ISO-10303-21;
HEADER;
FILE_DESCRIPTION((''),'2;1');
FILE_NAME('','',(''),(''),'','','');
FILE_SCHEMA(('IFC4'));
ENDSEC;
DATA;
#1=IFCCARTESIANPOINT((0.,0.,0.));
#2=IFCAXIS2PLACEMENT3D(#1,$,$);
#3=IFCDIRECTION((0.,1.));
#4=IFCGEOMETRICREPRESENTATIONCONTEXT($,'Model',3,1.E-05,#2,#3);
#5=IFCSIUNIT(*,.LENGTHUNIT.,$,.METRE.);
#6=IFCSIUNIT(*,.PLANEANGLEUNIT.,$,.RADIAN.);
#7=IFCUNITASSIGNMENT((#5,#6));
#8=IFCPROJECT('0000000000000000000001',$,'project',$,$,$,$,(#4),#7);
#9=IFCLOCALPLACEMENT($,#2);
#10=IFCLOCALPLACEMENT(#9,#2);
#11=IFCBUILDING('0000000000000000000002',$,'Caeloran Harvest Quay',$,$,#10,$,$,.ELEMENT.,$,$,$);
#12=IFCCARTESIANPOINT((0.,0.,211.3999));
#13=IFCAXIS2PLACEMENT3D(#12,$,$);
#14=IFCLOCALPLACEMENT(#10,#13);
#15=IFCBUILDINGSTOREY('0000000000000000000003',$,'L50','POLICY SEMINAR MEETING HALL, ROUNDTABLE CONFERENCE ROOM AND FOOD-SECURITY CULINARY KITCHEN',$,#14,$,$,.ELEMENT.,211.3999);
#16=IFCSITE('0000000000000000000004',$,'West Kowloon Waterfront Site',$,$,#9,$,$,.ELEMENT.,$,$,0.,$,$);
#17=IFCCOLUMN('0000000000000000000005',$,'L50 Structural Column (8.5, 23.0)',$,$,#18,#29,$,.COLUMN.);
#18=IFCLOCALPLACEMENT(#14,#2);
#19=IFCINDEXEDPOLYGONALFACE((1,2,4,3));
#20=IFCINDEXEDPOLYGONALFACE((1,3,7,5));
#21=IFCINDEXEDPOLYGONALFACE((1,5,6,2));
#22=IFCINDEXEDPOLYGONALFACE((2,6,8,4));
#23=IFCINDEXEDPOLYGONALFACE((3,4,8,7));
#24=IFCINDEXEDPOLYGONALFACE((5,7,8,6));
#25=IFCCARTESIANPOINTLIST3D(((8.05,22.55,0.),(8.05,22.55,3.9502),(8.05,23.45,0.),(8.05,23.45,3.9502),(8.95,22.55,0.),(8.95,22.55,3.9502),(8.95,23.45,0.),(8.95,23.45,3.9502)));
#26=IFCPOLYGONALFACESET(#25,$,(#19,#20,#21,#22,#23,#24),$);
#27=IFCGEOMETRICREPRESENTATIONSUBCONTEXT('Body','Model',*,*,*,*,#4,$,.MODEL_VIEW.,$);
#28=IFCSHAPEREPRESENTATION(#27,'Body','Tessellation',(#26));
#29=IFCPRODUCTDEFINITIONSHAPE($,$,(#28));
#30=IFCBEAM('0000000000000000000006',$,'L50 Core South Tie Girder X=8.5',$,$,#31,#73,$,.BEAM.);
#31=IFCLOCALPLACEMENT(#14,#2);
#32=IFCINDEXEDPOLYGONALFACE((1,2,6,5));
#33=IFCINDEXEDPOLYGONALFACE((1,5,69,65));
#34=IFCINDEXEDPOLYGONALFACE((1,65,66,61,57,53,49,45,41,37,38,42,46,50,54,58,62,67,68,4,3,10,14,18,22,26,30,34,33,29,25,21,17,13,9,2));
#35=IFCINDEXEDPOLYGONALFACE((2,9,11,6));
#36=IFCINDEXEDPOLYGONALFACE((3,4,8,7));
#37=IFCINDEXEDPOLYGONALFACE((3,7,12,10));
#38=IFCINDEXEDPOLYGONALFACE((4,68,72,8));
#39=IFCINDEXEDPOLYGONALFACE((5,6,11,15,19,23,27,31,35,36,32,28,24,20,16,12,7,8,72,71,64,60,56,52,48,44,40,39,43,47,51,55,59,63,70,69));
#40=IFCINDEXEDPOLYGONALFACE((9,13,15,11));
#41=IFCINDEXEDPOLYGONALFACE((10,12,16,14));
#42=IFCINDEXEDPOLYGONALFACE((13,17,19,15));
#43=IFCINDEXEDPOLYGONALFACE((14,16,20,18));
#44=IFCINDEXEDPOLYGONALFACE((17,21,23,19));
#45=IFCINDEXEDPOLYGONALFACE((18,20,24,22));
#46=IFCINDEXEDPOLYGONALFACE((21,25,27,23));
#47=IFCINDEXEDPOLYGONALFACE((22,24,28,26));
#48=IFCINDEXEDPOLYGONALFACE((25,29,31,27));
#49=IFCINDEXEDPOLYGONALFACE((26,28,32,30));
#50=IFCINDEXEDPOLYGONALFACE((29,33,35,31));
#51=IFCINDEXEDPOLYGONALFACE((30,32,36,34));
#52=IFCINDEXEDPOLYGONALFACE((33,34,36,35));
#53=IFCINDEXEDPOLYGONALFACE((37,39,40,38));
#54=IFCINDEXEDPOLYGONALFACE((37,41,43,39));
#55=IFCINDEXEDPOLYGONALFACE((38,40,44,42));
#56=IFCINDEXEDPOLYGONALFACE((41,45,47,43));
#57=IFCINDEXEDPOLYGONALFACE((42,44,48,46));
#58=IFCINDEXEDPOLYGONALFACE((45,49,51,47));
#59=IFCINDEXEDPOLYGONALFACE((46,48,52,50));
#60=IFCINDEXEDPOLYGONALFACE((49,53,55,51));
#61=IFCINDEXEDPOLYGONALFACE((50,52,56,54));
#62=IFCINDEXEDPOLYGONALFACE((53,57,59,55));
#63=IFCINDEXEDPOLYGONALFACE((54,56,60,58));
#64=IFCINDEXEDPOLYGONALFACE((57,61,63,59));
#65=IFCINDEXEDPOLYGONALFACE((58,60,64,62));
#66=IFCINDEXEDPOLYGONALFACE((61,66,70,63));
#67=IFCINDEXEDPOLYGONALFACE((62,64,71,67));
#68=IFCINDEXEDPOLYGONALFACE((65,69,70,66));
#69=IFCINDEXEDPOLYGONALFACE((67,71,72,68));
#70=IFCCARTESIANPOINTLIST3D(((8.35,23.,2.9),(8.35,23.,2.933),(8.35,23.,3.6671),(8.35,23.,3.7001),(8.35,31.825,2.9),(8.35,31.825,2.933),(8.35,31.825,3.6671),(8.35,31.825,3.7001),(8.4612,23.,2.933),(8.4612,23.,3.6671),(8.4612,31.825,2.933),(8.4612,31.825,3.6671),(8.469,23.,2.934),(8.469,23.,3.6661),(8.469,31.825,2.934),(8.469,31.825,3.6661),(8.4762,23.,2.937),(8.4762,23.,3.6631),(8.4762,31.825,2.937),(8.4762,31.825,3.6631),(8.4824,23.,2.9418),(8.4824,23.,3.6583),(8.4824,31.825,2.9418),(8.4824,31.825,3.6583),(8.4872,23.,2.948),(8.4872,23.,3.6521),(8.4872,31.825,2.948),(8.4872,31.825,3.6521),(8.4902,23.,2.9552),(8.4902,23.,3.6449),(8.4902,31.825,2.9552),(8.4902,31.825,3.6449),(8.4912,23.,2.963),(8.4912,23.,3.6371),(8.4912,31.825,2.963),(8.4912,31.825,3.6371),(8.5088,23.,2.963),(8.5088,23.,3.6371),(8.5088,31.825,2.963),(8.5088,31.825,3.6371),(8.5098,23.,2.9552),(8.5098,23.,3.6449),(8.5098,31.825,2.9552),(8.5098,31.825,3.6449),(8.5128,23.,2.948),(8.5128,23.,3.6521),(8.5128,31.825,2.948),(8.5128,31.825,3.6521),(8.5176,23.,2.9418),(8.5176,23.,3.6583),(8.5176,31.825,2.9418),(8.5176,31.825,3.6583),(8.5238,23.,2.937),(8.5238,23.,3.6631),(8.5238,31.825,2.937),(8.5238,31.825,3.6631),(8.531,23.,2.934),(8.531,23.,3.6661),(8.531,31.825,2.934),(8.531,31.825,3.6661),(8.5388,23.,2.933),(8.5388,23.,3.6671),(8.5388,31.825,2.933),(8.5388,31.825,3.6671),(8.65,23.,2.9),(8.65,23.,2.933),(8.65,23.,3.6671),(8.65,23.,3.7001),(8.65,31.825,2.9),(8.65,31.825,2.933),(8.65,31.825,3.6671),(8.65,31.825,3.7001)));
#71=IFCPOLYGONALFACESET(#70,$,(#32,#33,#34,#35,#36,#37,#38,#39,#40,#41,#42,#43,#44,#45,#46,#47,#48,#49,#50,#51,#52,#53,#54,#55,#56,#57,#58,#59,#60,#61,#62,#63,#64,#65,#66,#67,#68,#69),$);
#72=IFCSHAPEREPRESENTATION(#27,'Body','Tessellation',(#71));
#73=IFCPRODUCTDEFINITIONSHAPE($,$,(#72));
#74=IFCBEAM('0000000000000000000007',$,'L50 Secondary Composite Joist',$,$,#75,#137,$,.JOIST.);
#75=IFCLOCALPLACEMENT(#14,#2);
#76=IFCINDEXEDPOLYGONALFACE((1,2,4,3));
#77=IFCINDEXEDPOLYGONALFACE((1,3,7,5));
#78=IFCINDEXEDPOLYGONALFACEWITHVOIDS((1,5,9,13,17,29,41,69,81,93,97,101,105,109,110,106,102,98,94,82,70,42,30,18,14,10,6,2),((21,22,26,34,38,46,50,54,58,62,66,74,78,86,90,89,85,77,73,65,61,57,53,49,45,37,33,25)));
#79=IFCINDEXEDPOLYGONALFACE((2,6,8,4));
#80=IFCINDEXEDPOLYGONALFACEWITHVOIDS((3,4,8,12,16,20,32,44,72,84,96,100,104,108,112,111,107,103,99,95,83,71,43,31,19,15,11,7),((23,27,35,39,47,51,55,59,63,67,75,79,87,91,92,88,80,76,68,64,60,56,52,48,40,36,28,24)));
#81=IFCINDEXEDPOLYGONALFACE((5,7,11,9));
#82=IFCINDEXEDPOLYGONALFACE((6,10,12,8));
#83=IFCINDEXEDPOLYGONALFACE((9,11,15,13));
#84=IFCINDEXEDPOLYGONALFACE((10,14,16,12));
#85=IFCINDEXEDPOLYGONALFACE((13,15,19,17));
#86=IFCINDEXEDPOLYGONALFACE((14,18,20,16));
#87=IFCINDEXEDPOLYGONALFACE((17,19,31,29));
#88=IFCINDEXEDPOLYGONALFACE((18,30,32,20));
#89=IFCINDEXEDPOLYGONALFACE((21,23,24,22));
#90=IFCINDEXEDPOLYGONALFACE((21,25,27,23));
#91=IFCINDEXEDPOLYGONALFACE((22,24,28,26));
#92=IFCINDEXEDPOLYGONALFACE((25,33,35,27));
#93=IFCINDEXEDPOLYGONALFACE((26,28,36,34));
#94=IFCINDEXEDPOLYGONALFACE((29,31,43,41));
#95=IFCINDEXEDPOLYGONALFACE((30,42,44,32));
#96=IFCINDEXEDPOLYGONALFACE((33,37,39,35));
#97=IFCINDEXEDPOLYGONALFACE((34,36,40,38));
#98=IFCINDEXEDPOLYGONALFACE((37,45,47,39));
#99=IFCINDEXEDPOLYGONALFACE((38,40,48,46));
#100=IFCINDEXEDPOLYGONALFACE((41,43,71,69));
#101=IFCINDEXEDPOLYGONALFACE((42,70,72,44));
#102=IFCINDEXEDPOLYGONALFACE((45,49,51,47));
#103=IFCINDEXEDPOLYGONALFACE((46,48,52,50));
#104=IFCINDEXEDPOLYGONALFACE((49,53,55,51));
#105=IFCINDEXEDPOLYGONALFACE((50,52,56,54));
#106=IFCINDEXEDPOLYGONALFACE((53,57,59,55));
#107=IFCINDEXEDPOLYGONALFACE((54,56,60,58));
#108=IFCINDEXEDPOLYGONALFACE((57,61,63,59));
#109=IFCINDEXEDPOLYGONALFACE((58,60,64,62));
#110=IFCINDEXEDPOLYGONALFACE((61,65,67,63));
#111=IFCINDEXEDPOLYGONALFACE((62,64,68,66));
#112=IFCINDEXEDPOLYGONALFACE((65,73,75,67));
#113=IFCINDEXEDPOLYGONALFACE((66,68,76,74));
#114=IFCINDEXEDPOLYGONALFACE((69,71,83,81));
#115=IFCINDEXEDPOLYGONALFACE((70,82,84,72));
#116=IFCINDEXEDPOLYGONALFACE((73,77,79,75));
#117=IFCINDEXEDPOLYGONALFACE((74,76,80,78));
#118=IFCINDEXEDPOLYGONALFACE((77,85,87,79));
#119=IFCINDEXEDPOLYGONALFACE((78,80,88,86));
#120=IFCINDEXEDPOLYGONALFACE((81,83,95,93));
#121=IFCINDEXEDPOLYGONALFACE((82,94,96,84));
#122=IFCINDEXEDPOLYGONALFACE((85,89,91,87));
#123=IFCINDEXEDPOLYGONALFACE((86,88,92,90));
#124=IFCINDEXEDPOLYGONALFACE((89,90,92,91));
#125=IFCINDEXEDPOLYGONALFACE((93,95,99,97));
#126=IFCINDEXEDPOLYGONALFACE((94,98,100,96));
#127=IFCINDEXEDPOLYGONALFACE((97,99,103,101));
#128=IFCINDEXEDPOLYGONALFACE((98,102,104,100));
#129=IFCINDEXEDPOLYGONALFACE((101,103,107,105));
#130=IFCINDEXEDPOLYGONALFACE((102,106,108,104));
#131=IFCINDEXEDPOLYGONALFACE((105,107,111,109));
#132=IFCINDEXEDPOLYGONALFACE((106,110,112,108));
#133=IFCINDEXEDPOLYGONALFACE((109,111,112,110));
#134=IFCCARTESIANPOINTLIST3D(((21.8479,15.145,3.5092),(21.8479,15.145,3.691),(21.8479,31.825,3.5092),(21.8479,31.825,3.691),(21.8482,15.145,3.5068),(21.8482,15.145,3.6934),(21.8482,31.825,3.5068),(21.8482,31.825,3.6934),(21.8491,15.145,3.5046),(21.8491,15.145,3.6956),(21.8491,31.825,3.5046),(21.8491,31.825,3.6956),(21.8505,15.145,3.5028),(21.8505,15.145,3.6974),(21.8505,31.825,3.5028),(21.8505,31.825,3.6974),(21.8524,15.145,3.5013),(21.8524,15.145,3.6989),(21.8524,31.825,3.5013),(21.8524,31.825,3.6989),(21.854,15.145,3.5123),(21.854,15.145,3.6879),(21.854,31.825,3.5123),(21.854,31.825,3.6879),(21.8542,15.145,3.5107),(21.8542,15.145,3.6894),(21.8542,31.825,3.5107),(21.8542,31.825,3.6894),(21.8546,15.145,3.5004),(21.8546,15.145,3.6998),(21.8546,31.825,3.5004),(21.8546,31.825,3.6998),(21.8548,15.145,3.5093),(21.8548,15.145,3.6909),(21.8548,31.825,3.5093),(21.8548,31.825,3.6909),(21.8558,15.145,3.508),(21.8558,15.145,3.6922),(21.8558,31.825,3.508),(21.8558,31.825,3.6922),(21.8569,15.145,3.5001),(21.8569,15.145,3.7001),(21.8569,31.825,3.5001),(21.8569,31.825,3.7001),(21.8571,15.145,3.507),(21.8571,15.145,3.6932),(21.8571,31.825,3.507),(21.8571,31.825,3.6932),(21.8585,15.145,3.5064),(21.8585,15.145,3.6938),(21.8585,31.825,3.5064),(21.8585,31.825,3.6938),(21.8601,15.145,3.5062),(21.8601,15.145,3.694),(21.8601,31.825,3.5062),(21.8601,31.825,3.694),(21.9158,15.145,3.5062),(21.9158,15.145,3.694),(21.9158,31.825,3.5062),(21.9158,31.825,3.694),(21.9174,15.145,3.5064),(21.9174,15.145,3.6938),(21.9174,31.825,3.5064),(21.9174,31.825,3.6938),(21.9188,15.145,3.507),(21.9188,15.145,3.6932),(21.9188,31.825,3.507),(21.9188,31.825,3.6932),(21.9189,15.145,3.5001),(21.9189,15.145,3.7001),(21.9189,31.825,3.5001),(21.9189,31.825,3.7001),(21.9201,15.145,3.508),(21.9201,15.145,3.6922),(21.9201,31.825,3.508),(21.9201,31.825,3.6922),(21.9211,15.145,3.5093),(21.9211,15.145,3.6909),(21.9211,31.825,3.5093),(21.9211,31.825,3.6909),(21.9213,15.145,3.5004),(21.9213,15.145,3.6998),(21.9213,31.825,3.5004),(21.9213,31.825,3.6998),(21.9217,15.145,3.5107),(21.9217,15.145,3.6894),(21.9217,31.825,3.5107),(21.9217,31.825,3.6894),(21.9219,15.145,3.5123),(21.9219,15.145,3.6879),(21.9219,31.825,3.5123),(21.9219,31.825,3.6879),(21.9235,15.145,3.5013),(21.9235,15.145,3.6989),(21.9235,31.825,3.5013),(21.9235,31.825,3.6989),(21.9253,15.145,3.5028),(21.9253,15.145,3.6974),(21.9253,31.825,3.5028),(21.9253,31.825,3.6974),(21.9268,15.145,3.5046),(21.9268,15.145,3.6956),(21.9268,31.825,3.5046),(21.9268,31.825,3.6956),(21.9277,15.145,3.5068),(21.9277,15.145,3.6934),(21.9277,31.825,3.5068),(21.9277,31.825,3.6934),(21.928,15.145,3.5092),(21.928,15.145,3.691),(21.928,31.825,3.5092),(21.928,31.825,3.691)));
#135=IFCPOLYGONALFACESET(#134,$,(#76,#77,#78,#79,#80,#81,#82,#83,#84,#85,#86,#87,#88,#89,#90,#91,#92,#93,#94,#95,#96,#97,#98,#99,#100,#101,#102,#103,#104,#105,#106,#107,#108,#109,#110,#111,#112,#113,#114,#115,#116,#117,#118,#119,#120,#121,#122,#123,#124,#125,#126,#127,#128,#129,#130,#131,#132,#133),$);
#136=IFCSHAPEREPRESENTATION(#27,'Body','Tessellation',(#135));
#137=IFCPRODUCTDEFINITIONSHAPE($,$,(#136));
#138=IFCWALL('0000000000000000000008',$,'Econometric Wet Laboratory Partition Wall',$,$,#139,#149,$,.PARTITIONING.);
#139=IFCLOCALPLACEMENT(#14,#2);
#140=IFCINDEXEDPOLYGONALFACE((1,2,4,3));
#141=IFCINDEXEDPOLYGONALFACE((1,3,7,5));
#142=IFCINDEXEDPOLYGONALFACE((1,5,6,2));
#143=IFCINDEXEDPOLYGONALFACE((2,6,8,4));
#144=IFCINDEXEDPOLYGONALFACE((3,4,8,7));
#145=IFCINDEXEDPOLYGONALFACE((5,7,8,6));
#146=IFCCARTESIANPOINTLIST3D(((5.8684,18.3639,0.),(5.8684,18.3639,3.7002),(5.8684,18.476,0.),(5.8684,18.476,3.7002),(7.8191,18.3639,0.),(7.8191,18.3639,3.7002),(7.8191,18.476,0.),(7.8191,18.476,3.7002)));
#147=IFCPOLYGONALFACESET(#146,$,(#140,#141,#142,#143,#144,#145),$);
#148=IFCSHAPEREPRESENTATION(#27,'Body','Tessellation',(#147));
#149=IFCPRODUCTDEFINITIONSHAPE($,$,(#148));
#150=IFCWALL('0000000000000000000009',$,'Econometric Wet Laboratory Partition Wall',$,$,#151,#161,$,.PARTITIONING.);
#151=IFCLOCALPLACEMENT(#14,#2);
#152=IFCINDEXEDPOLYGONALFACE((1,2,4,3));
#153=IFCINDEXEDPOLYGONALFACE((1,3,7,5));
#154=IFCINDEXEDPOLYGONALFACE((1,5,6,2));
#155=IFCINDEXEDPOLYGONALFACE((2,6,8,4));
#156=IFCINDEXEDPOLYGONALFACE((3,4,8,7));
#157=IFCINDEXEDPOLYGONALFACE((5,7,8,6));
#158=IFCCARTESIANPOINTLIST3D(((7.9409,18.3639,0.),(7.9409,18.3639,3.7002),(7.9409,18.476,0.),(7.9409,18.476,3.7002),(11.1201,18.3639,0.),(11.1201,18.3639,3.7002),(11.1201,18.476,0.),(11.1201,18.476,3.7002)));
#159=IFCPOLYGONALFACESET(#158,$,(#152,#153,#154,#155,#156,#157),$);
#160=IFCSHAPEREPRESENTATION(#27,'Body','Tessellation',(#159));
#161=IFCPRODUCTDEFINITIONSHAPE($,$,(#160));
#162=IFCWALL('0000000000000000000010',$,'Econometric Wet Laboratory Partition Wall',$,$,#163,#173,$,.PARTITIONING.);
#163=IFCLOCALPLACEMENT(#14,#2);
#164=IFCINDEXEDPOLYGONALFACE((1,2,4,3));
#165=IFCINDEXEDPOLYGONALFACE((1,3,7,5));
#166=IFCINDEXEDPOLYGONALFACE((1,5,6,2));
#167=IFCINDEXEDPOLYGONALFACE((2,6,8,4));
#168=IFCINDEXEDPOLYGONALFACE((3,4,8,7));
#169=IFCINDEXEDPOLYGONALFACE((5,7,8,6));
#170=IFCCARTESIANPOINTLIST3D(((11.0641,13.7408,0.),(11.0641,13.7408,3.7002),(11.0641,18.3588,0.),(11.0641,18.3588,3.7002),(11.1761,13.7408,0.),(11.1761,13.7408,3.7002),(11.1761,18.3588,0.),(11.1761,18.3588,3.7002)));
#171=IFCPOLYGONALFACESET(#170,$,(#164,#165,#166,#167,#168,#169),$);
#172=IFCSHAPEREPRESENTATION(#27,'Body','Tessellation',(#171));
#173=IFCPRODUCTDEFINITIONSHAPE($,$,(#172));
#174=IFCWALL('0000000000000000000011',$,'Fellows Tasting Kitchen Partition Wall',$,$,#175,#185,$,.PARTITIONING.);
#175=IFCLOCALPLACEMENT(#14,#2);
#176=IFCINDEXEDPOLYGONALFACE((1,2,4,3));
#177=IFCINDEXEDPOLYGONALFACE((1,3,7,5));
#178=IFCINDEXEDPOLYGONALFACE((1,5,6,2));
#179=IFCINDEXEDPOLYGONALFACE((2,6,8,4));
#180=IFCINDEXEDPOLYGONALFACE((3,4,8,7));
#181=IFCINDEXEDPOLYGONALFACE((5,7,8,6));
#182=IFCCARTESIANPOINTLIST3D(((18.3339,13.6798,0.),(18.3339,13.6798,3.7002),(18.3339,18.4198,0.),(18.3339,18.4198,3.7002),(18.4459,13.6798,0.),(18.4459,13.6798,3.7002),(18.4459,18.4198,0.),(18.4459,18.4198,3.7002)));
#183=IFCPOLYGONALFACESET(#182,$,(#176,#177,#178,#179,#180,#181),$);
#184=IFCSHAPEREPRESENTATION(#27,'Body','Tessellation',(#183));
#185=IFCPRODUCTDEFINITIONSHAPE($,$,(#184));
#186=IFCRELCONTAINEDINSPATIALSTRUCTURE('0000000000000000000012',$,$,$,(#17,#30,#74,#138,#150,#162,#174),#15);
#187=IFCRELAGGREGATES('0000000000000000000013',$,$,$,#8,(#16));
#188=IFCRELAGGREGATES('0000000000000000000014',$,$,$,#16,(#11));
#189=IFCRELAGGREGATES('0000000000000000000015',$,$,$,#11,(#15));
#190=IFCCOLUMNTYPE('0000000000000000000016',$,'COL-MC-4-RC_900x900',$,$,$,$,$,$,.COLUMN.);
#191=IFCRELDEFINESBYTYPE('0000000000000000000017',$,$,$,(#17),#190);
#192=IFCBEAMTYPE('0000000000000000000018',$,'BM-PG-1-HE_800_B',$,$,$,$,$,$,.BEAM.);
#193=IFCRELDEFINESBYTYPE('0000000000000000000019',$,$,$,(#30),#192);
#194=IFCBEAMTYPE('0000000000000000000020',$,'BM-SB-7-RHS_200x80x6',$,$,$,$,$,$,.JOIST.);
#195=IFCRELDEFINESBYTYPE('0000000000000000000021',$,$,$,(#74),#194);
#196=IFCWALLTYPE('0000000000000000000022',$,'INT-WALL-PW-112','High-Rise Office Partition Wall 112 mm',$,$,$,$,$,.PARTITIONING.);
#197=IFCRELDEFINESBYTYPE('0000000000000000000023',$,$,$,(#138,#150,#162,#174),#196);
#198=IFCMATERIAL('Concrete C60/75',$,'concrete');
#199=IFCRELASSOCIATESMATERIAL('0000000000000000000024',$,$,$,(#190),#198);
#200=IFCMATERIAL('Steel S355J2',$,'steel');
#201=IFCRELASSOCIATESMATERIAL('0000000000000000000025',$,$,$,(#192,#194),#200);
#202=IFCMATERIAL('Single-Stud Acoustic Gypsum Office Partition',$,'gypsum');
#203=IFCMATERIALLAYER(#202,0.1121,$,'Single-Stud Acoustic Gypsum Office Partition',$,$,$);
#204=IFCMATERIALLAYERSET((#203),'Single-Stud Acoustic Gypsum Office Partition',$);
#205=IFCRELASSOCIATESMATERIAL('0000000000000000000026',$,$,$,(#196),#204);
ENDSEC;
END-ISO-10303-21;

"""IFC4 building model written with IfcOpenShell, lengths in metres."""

from ifc_helpers import new_model, si_unit, direction, frame, frame_2d, origin, origin_2d, place, context, subcontext, project, spatial, rectangle, hollow_rectangle, i_section, extrude, material, layer, layer_set, material_profile, profile_set, type_object, element, save


model = new_model("IFC4")

# Units and contexts
model_context = context("Model", 3, precision=1e-05, world=origin(), true_north=direction((0.0, 1.0)))
body_context = subcontext(model_context, "Body", "Model", "MODEL_VIEW")
ifc_project = project(units=[si_unit("LENGTHUNIT", "METRE"), si_unit("PLANEANGLEUNIT", "RADIAN")], contexts=[model_context])

# Site, building, storey
site_placement = place(None, origin())
site = spatial("IfcSite", under=ifc_project, at=site_placement, Name="West Kowloon Waterfront Site", CompositionType="ELEMENT", RefElevation=0.0)
building_placement = place(site_placement, origin())
building = spatial("IfcBuilding", under=site, at=building_placement, Name="Caeloran Harvest Quay", CompositionType="ELEMENT")
storey_placement = place(building_placement, frame((0.0, 0.0, 211.3999)))
storey = spatial("IfcBuildingStorey", under=building, at=storey_placement, Name="L50", Description="POLICY SEMINAR MEETING HALL, ROUNDTABLE CONFERENCE ROOM AND FOOD-SECURITY CULINARY KITCHEN", CompositionType="ELEMENT", Elevation=211.3999)

# Column
ifc_material_1 = material(Name="Concrete C60/75", Category="concrete")
ifc_material_profile_1 = material_profile(ifc_material_1, rectangle(XDim=0.8999, YDim=0.8999, at=origin_2d()), Name="RC 900x900")
ifc_profile_set_1 = profile_set([ifc_material_profile_1], Name="Concrete C60/75")
column_type = type_object("IfcColumnType", Name="COL-MC-4-RC_900x900", PredefinedType="COLUMN", material=ifc_profile_set_1)
column_placement = place(storey_placement, frame((8.5, 23.0, 0.0), z_axis=(0.0, 0.0, 1.0), x_axis=(1.0, 0.0, 0.0)))
element("IfcColumn", 1, at=column_placement, inside=storey, type_object=column_type, Name="L50 Structural Column (8.5, 23.0)", PredefinedType="COLUMN", context=body_context, shape_type="SweptSolid", body=[
    extrude(rectangle(XDim=0.8999, YDim=0.8999, at=origin_2d()), origin(), (0.0, 0.0, 1.0), 3.9502),
])

# Beams
ifc_material_2 = material(Name="Steel S355J2", Category="steel")
ifc_material_profile_2 = material_profile(ifc_material_2, i_section(OverallWidth=0.3, OverallDepth=0.8, WebThickness=0.0176, FlangeThickness=0.033, FilletRadius=0.03, at=origin_2d()), Name="HE 800 B")
ifc_profile_set_2 = profile_set([ifc_material_profile_2], Name="Steel S355J2")
beam_type_1 = type_object("IfcBeamType", Name="BM-PG-1-HE_800_B", PredefinedType="BEAM", material=ifc_profile_set_2)
beam_1_placement = place(storey_placement, frame((8.5, 23.0, 3.3), z_axis=(0.0, 1.0, 0.0), x_axis=(-1.0, 0.0, 0.0)))
element("IfcBeam", 2, at=beam_1_placement, inside=storey, type_object=beam_type_1, Name="L50 Core South Tie Girder X=8.5", PredefinedType="BEAM", context=body_context, shape_type="SweptSolid", body=[
    extrude(i_section(OverallWidth=0.3, OverallDepth=0.8, WebThickness=0.0176, FlangeThickness=0.033, FilletRadius=0.03, at=origin_2d()), origin(), (0.0, 0.0, 1.0), 8.825),
])
ifc_material_profile_3 = material_profile(ifc_material_2, hollow_rectangle(XDim=0.0801, YDim=0.2, WallThickness=0.0061, InnerFilletRadius=0.0061, OuterFilletRadius=0.009, at=origin_2d()), Name="RHS 200x80x6")
ifc_profile_set_3 = profile_set([ifc_material_profile_3], Name="Steel S355J2")
beam_type_2 = type_object("IfcBeamType", Name="BM-SB-7-RHS_200x80x6", PredefinedType="JOIST", material=ifc_profile_set_3)
beam_2_placement = place(storey_placement, frame((21.8879, 15.145, 3.6001), z_axis=(0.0, 1.0, 0.0), x_axis=(-1.0, 0.0, 0.0)))
element("IfcBeam", 3, at=beam_2_placement, inside=storey, type_object=beam_type_2, Name="L50 Secondary Composite Joist", PredefinedType="JOIST", context=body_context, shape_type="SweptSolid", body=[
    extrude(hollow_rectangle(XDim=0.0801, YDim=0.2, WallThickness=0.0061, InnerFilletRadius=0.0061, OuterFilletRadius=0.009, at=origin_2d()), origin(), (0.0, 0.0, 1.0), 16.6799),
])

# Walls
ifc_material_3 = material(Name="Single-Stud Acoustic Gypsum Office Partition", Category="gypsum")
ifc_layer_1 = layer(ifc_material_3, 0.1121, Name="Single-Stud Acoustic Gypsum Office Partition")
ifc_layer_set_1 = layer_set([ifc_layer_1], Name="Single-Stud Acoustic Gypsum Office Partition")
wall_type_1 = type_object("IfcWallType", Name="INT-WALL-PW-112", Description="High-Rise Office Partition Wall 112 mm", PredefinedType="PARTITIONING", material=ifc_layer_set_1)
wall_1_placement = place(storey_placement, frame((5.8684, 18.4199, 0.0), z_axis=(0.0, 0.0, 1.0), x_axis=(1.0, 0.0, 0.0)))
element("IfcWall", 4, at=wall_1_placement, inside=storey, type_object=wall_type_1, Name="Econometric Wet Laboratory Partition Wall", PredefinedType="PARTITIONING", context=body_context, shape_type="SweptSolid", body=[
    extrude(rectangle(XDim=1.9507, YDim=0.1121, at=frame_2d((0.9753, 0.0))), origin(), (0.0, 0.0, 1.0), 3.7002),
])
wall_2_placement = place(storey_placement, frame((7.9409, 18.4199, 0.0), z_axis=(0.0, 0.0, 1.0), x_axis=(1.0, 0.0, 0.0)))
element("IfcWall", 5, at=wall_2_placement, inside=storey, type_object=wall_type_1, Name="Econometric Wet Laboratory Partition Wall", PredefinedType="PARTITIONING", context=body_context, shape_type="SweptSolid", body=[
    extrude(rectangle(XDim=3.1792, YDim=0.1121, at=frame_2d((1.5896, 0.0))), origin(), (0.0, 0.0, 1.0), 3.7002),
])
wall_3_placement = place(storey_placement, frame((11.1201, 18.3589, 0.0), z_axis=(0.0, 0.0, 1.0), x_axis=(0.0, -1.0, 0.0)))
element("IfcWall", 6, at=wall_3_placement, inside=storey, type_object=wall_type_1, Name="Econometric Wet Laboratory Partition Wall", PredefinedType="PARTITIONING", context=body_context, shape_type="SweptSolid", body=[
    extrude(rectangle(XDim=4.6179, YDim=0.1121, at=frame_2d((2.3091, 0.0))), origin(), (0.0, 0.0, 1.0), 3.7002),
])
wall_4_placement = place(storey_placement, frame((18.3899, 18.4199, 0.0), z_axis=(0.0, 0.0, 1.0), x_axis=(0.0, -1.0, 0.0)))
element("IfcWall", 7, at=wall_4_placement, inside=storey, type_object=wall_type_1, Name="Fellows Tasting Kitchen Partition Wall", PredefinedType="PARTITIONING", context=body_context, shape_type="SweptSolid", body=[
    extrude(rectangle(XDim=4.74, YDim=0.1121, at=frame_2d((2.3701, 0.0))), origin(), (0.0, 0.0, 1.0), 3.7002),
])

save(model, "model.ifc")
